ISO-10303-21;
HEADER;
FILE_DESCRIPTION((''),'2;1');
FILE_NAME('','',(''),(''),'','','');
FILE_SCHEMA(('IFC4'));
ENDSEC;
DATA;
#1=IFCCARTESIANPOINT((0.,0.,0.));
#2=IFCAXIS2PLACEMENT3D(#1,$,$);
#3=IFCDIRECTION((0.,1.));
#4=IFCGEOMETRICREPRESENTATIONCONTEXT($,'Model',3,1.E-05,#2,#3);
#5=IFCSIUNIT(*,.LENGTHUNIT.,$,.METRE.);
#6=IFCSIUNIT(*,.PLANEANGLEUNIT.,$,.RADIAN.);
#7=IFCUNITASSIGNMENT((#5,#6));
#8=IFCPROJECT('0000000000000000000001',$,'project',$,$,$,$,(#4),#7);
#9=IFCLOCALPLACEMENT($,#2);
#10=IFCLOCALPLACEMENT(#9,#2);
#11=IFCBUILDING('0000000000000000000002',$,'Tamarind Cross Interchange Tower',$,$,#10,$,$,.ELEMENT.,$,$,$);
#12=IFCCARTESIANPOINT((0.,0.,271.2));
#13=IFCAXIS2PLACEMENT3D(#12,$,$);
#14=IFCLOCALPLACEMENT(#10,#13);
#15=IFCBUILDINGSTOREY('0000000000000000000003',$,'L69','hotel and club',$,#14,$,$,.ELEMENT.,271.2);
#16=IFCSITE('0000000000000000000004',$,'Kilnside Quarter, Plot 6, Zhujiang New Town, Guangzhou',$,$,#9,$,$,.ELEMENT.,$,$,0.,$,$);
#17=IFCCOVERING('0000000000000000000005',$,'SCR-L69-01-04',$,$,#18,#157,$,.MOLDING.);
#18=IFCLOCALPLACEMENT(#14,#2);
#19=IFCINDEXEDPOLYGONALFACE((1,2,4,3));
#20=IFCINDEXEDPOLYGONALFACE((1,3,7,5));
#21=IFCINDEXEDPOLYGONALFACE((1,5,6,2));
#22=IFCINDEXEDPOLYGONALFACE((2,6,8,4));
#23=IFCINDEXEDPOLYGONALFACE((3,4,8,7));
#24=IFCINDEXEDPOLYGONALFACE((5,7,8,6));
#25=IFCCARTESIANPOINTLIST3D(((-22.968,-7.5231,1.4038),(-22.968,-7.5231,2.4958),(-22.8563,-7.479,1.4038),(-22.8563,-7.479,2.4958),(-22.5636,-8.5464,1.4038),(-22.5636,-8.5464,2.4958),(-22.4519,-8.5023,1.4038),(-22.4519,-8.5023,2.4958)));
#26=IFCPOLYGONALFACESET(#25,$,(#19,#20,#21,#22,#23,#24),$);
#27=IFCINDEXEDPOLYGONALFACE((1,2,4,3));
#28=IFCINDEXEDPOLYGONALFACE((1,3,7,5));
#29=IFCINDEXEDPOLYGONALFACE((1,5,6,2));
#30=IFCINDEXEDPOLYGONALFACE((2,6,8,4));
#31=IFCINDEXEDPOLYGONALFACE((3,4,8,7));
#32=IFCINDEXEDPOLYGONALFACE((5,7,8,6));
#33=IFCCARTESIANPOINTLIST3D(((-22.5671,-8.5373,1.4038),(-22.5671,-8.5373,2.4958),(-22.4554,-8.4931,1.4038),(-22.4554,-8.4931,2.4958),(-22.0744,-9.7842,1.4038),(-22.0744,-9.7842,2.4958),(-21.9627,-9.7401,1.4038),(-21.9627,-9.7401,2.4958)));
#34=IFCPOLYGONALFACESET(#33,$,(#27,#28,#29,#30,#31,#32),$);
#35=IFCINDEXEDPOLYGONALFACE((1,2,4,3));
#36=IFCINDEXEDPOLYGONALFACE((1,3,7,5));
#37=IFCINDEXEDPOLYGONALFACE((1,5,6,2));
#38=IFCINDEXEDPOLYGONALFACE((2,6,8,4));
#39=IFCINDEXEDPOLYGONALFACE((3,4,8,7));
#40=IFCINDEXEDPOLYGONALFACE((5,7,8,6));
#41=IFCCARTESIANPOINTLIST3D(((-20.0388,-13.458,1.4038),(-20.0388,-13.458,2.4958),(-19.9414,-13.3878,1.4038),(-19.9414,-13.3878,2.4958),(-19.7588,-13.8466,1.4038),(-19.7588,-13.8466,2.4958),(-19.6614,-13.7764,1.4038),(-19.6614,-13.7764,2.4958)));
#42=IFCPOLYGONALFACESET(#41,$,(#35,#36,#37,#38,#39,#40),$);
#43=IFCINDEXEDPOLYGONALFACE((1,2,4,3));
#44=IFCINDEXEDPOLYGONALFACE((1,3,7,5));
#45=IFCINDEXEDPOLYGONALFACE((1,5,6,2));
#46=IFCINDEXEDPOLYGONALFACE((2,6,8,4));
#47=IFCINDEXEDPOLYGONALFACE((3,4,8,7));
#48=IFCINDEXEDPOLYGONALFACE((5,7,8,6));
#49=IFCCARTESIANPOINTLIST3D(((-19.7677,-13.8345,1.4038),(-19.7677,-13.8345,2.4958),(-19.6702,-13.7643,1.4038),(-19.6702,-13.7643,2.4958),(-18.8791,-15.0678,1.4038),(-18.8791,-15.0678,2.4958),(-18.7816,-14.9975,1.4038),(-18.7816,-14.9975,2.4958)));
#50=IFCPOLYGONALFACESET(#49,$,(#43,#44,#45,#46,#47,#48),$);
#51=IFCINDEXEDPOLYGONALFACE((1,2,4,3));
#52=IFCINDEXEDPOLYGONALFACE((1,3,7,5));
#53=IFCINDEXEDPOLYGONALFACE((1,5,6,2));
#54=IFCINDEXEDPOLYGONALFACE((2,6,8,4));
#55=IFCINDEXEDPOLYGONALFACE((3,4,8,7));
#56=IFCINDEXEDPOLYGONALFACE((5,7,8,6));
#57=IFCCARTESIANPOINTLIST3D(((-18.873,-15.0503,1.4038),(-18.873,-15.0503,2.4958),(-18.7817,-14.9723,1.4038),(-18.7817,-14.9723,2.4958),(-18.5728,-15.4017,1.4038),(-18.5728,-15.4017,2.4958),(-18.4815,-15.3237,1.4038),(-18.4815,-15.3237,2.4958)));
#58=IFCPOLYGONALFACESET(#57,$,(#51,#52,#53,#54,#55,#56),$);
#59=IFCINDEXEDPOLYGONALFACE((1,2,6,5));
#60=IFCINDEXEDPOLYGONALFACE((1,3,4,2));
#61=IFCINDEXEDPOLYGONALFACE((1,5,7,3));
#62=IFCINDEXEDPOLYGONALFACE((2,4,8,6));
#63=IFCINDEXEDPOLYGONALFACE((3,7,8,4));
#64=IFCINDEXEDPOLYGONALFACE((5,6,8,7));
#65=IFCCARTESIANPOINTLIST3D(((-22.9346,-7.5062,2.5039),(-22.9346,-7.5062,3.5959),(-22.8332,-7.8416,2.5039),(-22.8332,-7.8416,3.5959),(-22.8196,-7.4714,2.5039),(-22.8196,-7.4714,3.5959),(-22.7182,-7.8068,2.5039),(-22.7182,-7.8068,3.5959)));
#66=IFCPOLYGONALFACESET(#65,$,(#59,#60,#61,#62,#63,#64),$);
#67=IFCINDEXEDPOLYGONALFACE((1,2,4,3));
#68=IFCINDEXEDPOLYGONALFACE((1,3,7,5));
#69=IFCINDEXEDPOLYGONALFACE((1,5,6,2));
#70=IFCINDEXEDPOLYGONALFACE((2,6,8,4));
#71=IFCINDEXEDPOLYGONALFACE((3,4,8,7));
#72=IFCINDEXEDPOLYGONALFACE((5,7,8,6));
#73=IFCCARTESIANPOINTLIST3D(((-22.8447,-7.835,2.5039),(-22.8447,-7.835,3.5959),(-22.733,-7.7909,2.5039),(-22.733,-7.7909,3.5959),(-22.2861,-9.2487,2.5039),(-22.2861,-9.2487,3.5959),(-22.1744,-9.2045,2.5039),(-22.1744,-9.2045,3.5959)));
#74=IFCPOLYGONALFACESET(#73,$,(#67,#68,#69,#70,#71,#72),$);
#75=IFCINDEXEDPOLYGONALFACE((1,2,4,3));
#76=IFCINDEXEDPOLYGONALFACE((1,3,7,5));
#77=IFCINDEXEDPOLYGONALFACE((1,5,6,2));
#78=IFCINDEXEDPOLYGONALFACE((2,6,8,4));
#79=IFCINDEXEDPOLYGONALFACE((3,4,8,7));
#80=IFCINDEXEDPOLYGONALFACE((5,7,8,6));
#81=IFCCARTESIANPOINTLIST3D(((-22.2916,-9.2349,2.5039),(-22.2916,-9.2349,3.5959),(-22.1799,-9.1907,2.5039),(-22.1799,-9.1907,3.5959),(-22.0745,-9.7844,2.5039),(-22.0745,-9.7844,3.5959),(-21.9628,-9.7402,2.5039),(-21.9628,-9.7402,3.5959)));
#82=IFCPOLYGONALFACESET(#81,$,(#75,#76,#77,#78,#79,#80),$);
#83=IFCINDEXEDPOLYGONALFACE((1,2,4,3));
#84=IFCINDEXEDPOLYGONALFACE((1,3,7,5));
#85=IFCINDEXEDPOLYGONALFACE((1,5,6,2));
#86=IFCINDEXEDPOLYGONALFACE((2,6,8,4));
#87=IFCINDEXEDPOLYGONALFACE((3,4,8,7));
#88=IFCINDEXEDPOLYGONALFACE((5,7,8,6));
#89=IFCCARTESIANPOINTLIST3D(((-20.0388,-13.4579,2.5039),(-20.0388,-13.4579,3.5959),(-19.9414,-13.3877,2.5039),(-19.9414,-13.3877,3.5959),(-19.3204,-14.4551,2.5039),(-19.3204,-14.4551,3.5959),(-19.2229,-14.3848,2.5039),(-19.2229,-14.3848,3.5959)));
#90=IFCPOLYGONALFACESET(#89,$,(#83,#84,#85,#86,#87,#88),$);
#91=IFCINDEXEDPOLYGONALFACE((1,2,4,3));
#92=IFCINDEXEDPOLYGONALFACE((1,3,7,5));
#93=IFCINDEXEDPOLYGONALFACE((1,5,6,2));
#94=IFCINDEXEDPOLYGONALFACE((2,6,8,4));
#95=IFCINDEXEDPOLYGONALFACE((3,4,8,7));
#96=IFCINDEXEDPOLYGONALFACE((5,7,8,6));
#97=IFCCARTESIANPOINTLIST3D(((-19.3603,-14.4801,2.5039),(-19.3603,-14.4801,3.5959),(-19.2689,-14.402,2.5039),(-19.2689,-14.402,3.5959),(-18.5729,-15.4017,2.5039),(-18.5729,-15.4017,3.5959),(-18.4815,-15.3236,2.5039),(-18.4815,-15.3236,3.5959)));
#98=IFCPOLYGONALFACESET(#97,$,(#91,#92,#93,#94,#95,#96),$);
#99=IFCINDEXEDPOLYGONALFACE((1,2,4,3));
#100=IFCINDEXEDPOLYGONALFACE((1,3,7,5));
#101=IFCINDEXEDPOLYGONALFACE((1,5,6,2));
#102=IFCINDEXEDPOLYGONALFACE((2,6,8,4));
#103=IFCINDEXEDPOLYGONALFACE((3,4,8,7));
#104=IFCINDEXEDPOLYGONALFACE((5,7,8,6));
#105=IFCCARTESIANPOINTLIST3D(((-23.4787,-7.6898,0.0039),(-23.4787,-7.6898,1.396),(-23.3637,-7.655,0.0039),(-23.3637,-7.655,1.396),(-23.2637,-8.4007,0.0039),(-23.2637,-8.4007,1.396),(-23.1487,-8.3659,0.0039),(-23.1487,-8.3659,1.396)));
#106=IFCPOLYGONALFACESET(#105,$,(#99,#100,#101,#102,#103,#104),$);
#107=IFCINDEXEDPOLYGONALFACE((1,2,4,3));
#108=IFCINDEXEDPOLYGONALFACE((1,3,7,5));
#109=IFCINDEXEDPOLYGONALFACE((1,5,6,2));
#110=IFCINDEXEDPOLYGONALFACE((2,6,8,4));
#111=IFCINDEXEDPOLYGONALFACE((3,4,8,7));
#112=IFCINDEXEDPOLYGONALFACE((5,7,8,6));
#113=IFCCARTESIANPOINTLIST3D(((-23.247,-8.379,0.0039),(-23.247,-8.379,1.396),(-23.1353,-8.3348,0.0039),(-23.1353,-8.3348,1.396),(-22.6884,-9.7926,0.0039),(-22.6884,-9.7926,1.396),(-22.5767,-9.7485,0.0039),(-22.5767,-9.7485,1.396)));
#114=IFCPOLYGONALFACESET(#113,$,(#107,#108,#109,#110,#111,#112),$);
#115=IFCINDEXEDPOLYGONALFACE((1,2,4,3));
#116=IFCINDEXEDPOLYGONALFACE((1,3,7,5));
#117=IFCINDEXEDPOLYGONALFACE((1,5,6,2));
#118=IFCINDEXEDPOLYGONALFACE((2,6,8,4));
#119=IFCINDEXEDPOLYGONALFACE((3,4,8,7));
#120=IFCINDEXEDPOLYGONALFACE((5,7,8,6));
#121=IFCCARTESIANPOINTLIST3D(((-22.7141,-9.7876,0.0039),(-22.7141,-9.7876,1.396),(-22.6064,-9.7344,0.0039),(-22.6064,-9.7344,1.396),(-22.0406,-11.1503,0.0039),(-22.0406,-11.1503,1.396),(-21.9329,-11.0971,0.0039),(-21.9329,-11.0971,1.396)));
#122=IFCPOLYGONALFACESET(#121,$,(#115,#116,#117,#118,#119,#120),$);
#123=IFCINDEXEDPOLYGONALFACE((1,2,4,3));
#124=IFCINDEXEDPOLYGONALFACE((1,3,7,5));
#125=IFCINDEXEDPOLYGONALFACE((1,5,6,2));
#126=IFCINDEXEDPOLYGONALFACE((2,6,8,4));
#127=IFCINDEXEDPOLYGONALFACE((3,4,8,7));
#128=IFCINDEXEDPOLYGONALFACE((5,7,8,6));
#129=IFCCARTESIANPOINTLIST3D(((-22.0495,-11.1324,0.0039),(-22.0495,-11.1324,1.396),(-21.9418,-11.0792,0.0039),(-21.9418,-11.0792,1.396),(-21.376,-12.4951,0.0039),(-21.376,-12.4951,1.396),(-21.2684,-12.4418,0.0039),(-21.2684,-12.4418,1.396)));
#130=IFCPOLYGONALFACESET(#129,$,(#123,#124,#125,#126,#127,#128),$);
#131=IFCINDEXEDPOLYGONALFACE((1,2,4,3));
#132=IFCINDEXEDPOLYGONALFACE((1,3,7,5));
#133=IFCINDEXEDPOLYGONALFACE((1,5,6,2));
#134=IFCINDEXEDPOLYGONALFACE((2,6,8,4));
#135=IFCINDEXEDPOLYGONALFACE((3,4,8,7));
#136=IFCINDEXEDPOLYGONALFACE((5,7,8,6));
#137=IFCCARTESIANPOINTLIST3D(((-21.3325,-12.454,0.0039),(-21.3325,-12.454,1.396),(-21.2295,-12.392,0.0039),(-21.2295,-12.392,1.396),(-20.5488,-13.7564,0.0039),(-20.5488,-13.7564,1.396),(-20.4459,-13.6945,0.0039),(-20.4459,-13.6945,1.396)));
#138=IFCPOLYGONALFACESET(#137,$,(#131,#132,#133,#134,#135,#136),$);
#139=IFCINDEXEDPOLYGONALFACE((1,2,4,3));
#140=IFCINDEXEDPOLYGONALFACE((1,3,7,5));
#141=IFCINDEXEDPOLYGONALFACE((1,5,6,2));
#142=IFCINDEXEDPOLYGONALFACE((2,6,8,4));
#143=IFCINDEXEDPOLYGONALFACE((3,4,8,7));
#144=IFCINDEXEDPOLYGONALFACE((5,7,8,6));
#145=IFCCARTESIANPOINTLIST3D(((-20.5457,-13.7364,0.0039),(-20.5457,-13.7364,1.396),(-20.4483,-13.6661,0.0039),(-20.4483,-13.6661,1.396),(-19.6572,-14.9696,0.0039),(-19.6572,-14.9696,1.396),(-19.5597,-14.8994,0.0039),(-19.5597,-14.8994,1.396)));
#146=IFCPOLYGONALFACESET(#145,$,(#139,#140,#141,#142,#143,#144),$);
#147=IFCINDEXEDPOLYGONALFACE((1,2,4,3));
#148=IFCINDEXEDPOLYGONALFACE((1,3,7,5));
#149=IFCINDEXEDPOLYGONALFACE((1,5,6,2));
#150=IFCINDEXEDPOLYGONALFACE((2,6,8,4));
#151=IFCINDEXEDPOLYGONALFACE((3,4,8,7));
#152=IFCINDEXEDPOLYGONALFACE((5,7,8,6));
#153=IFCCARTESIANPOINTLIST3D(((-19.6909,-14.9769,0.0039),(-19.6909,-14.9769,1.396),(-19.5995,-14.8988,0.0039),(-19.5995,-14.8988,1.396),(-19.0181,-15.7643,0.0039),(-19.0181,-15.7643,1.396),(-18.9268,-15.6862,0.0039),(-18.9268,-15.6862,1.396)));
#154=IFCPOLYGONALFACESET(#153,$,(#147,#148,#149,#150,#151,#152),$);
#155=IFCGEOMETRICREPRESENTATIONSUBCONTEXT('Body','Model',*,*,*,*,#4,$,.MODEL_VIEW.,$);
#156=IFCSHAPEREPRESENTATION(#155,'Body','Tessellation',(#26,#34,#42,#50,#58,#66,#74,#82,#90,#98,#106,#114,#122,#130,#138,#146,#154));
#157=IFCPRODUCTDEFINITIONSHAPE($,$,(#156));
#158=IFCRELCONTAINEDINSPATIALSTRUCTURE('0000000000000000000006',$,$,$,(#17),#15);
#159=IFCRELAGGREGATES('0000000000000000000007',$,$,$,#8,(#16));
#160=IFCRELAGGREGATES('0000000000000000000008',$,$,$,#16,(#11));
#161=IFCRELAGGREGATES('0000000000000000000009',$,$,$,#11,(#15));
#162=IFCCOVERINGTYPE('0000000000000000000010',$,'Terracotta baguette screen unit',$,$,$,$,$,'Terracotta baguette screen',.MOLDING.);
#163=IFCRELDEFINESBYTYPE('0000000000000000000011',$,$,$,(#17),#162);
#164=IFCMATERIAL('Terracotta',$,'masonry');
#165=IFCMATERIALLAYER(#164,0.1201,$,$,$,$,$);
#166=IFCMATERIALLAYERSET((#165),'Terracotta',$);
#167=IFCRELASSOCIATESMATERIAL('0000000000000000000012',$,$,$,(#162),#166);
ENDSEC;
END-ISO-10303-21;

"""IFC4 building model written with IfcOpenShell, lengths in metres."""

from ifc_helpers import new_model, si_unit, direction, frame, origin, origin_2d, place, context, subcontext, project, spatial, rectangle, extrude, material, layer, layer_set, type_object, element, save


model = new_model("IFC4")

# Units and contexts
model_context = context("Model", 3, precision=1e-05, world=origin(), true_north=direction((0.0, 1.0)))
body_context = subcontext(model_context, "Body", "Model", "MODEL_VIEW")
ifc_project = project(units=[si_unit("LENGTHUNIT", "METRE"), si_unit("PLANEANGLEUNIT", "RADIAN")], contexts=[model_context])

# Site, building, storey
site_placement = place(None, origin())
site = spatial("IfcSite", under=ifc_project, at=site_placement, Name="Kilnside Quarter, Plot 6, Zhujiang New Town, Guangzhou", CompositionType="ELEMENT", RefElevation=0.0)
building_placement = place(site_placement, origin())
building = spatial("IfcBuilding", under=site, at=building_placement, Name="Tamarind Cross Interchange Tower", CompositionType="ELEMENT")
storey_placement = place(building_placement, frame((0.0, 0.0, 271.2)))
storey = spatial("IfcBuildingStorey", under=building, at=storey_placement, Name="L69", Description="hotel and club", CompositionType="ELEMENT", Elevation=271.2)

# Covering
ifc_material_1 = material(Name="Terracotta", Category="masonry")
ifc_layer_1 = layer(ifc_material_1, 0.1201)
ifc_layer_set_1 = layer_set([ifc_layer_1], Name="Terracotta")
covering_type = type_object("IfcCoveringType", Name="Terracotta baguette screen unit", ElementType="Terracotta baguette screen", PredefinedType="MOLDING", material=ifc_layer_set_1)
covering_1_placement = place(storey_placement, origin())
element("IfcCovering", 1, at=covering_1_placement, inside=storey, type_object=covering_type, Name="SCR-L69-01-04", PredefinedType="MOLDING", context=body_context, shape_type="SweptSolid", body=[
    extrude(rectangle(XDim=1.1003, YDim=0.1201, at=origin_2d()), frame((-22.71, -8.0127, 1.4038), z_axis=(0.0, 0.0, 1.0), x_axis=(0.367514, -0.930018, 0.0)), (0.0, 0.0, 1.0), 1.092),
    extrude(rectangle(XDim=1.3408, YDim=0.1201, at=origin_2d()), frame((-22.2649, -9.1387, 1.4038), z_axis=(0.0, 0.0, 1.0), x_axis=(0.367514, -0.930018, 0.0)), (0.0, 0.0, 1.0), 1.092),
    extrude(rectangle(XDim=0.479, YDim=0.1201, at=origin_2d()), frame((-19.8501, -13.6172, 1.4038), z_axis=(0.0, 0.0, 1.0), x_axis=(0.584574, -0.81134, 0.0)), (0.0, 0.0, 1.0), 1.092),
    extrude(rectangle(XDim=1.52, YDim=0.1201, at=origin_2d()), frame((-19.2747, -14.416, 1.4038), z_axis=(0.0, 0.0, 1.0), x_axis=(0.584574, -0.81134, 0.0)), (0.0, 0.0, 1.0), 1.092),
    extrude(rectangle(XDim=0.4622, YDim=0.1201, at=origin_2d()), frame((-18.6772, -15.187, 1.4038), z_axis=(0.0, 0.0, 1.0), x_axis=(0.649577, -0.760296, 0.0)), (0.0, 0.0, 1.0), 1.092),
    extrude(rectangle(XDim=0.3503, YDim=0.1201, at=origin_2d()), frame((-22.8264, -7.6565, 2.5039), z_axis=(0.0, 0.0, 1.0), x_axis=(0.289458, -0.957191, 0.0)), (0.0, 0.0, 1.0), 1.092),
    extrude(rectangle(XDim=1.52, YDim=0.1201, at=origin_2d()), frame((-22.5095, -8.5198, 2.5039), z_axis=(0.0, 0.0, 1.0), x_axis=(0.367514, -0.930018, 0.0)), (0.0, 0.0, 1.0), 1.092),
    extrude(rectangle(XDim=0.5908, YDim=0.1201, at=origin_2d()), frame((-22.1272, -9.4875, 2.5039), z_axis=(0.0, 0.0, 1.0), x_axis=(0.367514, -0.930018, 0.0)), (0.0, 0.0, 1.0), 1.092),
    extrude(rectangle(XDim=1.229, YDim=0.1201, at=origin_2d()), frame((-19.6309, -13.9214, 2.5039), z_axis=(0.0, 0.0, 1.0), x_axis=(0.584574, -0.81134, 0.0)), (0.0, 0.0, 1.0), 1.092),
    extrude(rectangle(XDim=1.2122, YDim=0.1201, at=origin_2d()), frame((-18.9209, -14.9019, 2.5039), z_axis=(0.0, 0.0, 1.0), x_axis=(0.649577, -0.760296, 0.0)), (0.0, 0.0, 1.0), 1.092),
    extrude(rectangle(XDim=0.7427, YDim=0.1201, at=origin_2d()), frame((-23.3137, -8.0278, 0.0039), z_axis=(0.0, 0.0, 1.0), x_axis=(0.289458, -0.957191, 0.0)), (0.0, 0.0, 1.0), 1.3921),
    extrude(rectangle(XDim=1.52, YDim=0.1201, at=origin_2d()), frame((-22.9119, -9.0637, 0.0039), z_axis=(0.0, 0.0, 1.0), x_axis=(0.367514, -0.930018, 0.0)), (0.0, 0.0, 1.0), 1.3921),
    extrude(rectangle(XDim=1.52, YDim=0.1201, at=origin_2d()), frame((-22.3235, -10.4424, 0.0039), z_axis=(0.0, 0.0, 1.0), x_axis=(0.443059, -0.896493, 0.0)), (0.0, 0.0, 1.0), 1.3921),
    extrude(rectangle(XDim=1.52, YDim=0.1201, at=origin_2d()), frame((-21.6589, -11.7871, 0.0039), z_axis=(0.0, 0.0, 1.0), x_axis=(0.443059, -0.896493, 0.0)), (0.0, 0.0, 1.0), 1.3921),
    extrude(rectangle(XDim=1.52, YDim=0.1201, at=origin_2d()), frame((-20.8892, -13.0742, 0.0039), z_axis=(0.0, 0.0, 1.0), x_axis=(0.515577, -0.856843, 0.0)), (0.0, 0.0, 1.0), 1.3921),
    extrude(rectangle(XDim=1.52, YDim=0.1201, at=origin_2d()), frame((-20.0527, -14.3179, 0.0039), z_axis=(0.0, 0.0, 1.0), x_axis=(0.584574, -0.81134, 0.0)), (0.0, 0.0, 1.0), 1.3921),
    extrude(rectangle(XDim=1.0356, YDim=0.1201, at=origin_2d()), frame((-19.3088, -15.3315, 0.0039), z_axis=(0.0, 0.0, 1.0), x_axis=(0.649577, -0.760296, 0.0)), (0.0, 0.0, 1.0), 1.3921),
])

save(model, "model.ifc")
